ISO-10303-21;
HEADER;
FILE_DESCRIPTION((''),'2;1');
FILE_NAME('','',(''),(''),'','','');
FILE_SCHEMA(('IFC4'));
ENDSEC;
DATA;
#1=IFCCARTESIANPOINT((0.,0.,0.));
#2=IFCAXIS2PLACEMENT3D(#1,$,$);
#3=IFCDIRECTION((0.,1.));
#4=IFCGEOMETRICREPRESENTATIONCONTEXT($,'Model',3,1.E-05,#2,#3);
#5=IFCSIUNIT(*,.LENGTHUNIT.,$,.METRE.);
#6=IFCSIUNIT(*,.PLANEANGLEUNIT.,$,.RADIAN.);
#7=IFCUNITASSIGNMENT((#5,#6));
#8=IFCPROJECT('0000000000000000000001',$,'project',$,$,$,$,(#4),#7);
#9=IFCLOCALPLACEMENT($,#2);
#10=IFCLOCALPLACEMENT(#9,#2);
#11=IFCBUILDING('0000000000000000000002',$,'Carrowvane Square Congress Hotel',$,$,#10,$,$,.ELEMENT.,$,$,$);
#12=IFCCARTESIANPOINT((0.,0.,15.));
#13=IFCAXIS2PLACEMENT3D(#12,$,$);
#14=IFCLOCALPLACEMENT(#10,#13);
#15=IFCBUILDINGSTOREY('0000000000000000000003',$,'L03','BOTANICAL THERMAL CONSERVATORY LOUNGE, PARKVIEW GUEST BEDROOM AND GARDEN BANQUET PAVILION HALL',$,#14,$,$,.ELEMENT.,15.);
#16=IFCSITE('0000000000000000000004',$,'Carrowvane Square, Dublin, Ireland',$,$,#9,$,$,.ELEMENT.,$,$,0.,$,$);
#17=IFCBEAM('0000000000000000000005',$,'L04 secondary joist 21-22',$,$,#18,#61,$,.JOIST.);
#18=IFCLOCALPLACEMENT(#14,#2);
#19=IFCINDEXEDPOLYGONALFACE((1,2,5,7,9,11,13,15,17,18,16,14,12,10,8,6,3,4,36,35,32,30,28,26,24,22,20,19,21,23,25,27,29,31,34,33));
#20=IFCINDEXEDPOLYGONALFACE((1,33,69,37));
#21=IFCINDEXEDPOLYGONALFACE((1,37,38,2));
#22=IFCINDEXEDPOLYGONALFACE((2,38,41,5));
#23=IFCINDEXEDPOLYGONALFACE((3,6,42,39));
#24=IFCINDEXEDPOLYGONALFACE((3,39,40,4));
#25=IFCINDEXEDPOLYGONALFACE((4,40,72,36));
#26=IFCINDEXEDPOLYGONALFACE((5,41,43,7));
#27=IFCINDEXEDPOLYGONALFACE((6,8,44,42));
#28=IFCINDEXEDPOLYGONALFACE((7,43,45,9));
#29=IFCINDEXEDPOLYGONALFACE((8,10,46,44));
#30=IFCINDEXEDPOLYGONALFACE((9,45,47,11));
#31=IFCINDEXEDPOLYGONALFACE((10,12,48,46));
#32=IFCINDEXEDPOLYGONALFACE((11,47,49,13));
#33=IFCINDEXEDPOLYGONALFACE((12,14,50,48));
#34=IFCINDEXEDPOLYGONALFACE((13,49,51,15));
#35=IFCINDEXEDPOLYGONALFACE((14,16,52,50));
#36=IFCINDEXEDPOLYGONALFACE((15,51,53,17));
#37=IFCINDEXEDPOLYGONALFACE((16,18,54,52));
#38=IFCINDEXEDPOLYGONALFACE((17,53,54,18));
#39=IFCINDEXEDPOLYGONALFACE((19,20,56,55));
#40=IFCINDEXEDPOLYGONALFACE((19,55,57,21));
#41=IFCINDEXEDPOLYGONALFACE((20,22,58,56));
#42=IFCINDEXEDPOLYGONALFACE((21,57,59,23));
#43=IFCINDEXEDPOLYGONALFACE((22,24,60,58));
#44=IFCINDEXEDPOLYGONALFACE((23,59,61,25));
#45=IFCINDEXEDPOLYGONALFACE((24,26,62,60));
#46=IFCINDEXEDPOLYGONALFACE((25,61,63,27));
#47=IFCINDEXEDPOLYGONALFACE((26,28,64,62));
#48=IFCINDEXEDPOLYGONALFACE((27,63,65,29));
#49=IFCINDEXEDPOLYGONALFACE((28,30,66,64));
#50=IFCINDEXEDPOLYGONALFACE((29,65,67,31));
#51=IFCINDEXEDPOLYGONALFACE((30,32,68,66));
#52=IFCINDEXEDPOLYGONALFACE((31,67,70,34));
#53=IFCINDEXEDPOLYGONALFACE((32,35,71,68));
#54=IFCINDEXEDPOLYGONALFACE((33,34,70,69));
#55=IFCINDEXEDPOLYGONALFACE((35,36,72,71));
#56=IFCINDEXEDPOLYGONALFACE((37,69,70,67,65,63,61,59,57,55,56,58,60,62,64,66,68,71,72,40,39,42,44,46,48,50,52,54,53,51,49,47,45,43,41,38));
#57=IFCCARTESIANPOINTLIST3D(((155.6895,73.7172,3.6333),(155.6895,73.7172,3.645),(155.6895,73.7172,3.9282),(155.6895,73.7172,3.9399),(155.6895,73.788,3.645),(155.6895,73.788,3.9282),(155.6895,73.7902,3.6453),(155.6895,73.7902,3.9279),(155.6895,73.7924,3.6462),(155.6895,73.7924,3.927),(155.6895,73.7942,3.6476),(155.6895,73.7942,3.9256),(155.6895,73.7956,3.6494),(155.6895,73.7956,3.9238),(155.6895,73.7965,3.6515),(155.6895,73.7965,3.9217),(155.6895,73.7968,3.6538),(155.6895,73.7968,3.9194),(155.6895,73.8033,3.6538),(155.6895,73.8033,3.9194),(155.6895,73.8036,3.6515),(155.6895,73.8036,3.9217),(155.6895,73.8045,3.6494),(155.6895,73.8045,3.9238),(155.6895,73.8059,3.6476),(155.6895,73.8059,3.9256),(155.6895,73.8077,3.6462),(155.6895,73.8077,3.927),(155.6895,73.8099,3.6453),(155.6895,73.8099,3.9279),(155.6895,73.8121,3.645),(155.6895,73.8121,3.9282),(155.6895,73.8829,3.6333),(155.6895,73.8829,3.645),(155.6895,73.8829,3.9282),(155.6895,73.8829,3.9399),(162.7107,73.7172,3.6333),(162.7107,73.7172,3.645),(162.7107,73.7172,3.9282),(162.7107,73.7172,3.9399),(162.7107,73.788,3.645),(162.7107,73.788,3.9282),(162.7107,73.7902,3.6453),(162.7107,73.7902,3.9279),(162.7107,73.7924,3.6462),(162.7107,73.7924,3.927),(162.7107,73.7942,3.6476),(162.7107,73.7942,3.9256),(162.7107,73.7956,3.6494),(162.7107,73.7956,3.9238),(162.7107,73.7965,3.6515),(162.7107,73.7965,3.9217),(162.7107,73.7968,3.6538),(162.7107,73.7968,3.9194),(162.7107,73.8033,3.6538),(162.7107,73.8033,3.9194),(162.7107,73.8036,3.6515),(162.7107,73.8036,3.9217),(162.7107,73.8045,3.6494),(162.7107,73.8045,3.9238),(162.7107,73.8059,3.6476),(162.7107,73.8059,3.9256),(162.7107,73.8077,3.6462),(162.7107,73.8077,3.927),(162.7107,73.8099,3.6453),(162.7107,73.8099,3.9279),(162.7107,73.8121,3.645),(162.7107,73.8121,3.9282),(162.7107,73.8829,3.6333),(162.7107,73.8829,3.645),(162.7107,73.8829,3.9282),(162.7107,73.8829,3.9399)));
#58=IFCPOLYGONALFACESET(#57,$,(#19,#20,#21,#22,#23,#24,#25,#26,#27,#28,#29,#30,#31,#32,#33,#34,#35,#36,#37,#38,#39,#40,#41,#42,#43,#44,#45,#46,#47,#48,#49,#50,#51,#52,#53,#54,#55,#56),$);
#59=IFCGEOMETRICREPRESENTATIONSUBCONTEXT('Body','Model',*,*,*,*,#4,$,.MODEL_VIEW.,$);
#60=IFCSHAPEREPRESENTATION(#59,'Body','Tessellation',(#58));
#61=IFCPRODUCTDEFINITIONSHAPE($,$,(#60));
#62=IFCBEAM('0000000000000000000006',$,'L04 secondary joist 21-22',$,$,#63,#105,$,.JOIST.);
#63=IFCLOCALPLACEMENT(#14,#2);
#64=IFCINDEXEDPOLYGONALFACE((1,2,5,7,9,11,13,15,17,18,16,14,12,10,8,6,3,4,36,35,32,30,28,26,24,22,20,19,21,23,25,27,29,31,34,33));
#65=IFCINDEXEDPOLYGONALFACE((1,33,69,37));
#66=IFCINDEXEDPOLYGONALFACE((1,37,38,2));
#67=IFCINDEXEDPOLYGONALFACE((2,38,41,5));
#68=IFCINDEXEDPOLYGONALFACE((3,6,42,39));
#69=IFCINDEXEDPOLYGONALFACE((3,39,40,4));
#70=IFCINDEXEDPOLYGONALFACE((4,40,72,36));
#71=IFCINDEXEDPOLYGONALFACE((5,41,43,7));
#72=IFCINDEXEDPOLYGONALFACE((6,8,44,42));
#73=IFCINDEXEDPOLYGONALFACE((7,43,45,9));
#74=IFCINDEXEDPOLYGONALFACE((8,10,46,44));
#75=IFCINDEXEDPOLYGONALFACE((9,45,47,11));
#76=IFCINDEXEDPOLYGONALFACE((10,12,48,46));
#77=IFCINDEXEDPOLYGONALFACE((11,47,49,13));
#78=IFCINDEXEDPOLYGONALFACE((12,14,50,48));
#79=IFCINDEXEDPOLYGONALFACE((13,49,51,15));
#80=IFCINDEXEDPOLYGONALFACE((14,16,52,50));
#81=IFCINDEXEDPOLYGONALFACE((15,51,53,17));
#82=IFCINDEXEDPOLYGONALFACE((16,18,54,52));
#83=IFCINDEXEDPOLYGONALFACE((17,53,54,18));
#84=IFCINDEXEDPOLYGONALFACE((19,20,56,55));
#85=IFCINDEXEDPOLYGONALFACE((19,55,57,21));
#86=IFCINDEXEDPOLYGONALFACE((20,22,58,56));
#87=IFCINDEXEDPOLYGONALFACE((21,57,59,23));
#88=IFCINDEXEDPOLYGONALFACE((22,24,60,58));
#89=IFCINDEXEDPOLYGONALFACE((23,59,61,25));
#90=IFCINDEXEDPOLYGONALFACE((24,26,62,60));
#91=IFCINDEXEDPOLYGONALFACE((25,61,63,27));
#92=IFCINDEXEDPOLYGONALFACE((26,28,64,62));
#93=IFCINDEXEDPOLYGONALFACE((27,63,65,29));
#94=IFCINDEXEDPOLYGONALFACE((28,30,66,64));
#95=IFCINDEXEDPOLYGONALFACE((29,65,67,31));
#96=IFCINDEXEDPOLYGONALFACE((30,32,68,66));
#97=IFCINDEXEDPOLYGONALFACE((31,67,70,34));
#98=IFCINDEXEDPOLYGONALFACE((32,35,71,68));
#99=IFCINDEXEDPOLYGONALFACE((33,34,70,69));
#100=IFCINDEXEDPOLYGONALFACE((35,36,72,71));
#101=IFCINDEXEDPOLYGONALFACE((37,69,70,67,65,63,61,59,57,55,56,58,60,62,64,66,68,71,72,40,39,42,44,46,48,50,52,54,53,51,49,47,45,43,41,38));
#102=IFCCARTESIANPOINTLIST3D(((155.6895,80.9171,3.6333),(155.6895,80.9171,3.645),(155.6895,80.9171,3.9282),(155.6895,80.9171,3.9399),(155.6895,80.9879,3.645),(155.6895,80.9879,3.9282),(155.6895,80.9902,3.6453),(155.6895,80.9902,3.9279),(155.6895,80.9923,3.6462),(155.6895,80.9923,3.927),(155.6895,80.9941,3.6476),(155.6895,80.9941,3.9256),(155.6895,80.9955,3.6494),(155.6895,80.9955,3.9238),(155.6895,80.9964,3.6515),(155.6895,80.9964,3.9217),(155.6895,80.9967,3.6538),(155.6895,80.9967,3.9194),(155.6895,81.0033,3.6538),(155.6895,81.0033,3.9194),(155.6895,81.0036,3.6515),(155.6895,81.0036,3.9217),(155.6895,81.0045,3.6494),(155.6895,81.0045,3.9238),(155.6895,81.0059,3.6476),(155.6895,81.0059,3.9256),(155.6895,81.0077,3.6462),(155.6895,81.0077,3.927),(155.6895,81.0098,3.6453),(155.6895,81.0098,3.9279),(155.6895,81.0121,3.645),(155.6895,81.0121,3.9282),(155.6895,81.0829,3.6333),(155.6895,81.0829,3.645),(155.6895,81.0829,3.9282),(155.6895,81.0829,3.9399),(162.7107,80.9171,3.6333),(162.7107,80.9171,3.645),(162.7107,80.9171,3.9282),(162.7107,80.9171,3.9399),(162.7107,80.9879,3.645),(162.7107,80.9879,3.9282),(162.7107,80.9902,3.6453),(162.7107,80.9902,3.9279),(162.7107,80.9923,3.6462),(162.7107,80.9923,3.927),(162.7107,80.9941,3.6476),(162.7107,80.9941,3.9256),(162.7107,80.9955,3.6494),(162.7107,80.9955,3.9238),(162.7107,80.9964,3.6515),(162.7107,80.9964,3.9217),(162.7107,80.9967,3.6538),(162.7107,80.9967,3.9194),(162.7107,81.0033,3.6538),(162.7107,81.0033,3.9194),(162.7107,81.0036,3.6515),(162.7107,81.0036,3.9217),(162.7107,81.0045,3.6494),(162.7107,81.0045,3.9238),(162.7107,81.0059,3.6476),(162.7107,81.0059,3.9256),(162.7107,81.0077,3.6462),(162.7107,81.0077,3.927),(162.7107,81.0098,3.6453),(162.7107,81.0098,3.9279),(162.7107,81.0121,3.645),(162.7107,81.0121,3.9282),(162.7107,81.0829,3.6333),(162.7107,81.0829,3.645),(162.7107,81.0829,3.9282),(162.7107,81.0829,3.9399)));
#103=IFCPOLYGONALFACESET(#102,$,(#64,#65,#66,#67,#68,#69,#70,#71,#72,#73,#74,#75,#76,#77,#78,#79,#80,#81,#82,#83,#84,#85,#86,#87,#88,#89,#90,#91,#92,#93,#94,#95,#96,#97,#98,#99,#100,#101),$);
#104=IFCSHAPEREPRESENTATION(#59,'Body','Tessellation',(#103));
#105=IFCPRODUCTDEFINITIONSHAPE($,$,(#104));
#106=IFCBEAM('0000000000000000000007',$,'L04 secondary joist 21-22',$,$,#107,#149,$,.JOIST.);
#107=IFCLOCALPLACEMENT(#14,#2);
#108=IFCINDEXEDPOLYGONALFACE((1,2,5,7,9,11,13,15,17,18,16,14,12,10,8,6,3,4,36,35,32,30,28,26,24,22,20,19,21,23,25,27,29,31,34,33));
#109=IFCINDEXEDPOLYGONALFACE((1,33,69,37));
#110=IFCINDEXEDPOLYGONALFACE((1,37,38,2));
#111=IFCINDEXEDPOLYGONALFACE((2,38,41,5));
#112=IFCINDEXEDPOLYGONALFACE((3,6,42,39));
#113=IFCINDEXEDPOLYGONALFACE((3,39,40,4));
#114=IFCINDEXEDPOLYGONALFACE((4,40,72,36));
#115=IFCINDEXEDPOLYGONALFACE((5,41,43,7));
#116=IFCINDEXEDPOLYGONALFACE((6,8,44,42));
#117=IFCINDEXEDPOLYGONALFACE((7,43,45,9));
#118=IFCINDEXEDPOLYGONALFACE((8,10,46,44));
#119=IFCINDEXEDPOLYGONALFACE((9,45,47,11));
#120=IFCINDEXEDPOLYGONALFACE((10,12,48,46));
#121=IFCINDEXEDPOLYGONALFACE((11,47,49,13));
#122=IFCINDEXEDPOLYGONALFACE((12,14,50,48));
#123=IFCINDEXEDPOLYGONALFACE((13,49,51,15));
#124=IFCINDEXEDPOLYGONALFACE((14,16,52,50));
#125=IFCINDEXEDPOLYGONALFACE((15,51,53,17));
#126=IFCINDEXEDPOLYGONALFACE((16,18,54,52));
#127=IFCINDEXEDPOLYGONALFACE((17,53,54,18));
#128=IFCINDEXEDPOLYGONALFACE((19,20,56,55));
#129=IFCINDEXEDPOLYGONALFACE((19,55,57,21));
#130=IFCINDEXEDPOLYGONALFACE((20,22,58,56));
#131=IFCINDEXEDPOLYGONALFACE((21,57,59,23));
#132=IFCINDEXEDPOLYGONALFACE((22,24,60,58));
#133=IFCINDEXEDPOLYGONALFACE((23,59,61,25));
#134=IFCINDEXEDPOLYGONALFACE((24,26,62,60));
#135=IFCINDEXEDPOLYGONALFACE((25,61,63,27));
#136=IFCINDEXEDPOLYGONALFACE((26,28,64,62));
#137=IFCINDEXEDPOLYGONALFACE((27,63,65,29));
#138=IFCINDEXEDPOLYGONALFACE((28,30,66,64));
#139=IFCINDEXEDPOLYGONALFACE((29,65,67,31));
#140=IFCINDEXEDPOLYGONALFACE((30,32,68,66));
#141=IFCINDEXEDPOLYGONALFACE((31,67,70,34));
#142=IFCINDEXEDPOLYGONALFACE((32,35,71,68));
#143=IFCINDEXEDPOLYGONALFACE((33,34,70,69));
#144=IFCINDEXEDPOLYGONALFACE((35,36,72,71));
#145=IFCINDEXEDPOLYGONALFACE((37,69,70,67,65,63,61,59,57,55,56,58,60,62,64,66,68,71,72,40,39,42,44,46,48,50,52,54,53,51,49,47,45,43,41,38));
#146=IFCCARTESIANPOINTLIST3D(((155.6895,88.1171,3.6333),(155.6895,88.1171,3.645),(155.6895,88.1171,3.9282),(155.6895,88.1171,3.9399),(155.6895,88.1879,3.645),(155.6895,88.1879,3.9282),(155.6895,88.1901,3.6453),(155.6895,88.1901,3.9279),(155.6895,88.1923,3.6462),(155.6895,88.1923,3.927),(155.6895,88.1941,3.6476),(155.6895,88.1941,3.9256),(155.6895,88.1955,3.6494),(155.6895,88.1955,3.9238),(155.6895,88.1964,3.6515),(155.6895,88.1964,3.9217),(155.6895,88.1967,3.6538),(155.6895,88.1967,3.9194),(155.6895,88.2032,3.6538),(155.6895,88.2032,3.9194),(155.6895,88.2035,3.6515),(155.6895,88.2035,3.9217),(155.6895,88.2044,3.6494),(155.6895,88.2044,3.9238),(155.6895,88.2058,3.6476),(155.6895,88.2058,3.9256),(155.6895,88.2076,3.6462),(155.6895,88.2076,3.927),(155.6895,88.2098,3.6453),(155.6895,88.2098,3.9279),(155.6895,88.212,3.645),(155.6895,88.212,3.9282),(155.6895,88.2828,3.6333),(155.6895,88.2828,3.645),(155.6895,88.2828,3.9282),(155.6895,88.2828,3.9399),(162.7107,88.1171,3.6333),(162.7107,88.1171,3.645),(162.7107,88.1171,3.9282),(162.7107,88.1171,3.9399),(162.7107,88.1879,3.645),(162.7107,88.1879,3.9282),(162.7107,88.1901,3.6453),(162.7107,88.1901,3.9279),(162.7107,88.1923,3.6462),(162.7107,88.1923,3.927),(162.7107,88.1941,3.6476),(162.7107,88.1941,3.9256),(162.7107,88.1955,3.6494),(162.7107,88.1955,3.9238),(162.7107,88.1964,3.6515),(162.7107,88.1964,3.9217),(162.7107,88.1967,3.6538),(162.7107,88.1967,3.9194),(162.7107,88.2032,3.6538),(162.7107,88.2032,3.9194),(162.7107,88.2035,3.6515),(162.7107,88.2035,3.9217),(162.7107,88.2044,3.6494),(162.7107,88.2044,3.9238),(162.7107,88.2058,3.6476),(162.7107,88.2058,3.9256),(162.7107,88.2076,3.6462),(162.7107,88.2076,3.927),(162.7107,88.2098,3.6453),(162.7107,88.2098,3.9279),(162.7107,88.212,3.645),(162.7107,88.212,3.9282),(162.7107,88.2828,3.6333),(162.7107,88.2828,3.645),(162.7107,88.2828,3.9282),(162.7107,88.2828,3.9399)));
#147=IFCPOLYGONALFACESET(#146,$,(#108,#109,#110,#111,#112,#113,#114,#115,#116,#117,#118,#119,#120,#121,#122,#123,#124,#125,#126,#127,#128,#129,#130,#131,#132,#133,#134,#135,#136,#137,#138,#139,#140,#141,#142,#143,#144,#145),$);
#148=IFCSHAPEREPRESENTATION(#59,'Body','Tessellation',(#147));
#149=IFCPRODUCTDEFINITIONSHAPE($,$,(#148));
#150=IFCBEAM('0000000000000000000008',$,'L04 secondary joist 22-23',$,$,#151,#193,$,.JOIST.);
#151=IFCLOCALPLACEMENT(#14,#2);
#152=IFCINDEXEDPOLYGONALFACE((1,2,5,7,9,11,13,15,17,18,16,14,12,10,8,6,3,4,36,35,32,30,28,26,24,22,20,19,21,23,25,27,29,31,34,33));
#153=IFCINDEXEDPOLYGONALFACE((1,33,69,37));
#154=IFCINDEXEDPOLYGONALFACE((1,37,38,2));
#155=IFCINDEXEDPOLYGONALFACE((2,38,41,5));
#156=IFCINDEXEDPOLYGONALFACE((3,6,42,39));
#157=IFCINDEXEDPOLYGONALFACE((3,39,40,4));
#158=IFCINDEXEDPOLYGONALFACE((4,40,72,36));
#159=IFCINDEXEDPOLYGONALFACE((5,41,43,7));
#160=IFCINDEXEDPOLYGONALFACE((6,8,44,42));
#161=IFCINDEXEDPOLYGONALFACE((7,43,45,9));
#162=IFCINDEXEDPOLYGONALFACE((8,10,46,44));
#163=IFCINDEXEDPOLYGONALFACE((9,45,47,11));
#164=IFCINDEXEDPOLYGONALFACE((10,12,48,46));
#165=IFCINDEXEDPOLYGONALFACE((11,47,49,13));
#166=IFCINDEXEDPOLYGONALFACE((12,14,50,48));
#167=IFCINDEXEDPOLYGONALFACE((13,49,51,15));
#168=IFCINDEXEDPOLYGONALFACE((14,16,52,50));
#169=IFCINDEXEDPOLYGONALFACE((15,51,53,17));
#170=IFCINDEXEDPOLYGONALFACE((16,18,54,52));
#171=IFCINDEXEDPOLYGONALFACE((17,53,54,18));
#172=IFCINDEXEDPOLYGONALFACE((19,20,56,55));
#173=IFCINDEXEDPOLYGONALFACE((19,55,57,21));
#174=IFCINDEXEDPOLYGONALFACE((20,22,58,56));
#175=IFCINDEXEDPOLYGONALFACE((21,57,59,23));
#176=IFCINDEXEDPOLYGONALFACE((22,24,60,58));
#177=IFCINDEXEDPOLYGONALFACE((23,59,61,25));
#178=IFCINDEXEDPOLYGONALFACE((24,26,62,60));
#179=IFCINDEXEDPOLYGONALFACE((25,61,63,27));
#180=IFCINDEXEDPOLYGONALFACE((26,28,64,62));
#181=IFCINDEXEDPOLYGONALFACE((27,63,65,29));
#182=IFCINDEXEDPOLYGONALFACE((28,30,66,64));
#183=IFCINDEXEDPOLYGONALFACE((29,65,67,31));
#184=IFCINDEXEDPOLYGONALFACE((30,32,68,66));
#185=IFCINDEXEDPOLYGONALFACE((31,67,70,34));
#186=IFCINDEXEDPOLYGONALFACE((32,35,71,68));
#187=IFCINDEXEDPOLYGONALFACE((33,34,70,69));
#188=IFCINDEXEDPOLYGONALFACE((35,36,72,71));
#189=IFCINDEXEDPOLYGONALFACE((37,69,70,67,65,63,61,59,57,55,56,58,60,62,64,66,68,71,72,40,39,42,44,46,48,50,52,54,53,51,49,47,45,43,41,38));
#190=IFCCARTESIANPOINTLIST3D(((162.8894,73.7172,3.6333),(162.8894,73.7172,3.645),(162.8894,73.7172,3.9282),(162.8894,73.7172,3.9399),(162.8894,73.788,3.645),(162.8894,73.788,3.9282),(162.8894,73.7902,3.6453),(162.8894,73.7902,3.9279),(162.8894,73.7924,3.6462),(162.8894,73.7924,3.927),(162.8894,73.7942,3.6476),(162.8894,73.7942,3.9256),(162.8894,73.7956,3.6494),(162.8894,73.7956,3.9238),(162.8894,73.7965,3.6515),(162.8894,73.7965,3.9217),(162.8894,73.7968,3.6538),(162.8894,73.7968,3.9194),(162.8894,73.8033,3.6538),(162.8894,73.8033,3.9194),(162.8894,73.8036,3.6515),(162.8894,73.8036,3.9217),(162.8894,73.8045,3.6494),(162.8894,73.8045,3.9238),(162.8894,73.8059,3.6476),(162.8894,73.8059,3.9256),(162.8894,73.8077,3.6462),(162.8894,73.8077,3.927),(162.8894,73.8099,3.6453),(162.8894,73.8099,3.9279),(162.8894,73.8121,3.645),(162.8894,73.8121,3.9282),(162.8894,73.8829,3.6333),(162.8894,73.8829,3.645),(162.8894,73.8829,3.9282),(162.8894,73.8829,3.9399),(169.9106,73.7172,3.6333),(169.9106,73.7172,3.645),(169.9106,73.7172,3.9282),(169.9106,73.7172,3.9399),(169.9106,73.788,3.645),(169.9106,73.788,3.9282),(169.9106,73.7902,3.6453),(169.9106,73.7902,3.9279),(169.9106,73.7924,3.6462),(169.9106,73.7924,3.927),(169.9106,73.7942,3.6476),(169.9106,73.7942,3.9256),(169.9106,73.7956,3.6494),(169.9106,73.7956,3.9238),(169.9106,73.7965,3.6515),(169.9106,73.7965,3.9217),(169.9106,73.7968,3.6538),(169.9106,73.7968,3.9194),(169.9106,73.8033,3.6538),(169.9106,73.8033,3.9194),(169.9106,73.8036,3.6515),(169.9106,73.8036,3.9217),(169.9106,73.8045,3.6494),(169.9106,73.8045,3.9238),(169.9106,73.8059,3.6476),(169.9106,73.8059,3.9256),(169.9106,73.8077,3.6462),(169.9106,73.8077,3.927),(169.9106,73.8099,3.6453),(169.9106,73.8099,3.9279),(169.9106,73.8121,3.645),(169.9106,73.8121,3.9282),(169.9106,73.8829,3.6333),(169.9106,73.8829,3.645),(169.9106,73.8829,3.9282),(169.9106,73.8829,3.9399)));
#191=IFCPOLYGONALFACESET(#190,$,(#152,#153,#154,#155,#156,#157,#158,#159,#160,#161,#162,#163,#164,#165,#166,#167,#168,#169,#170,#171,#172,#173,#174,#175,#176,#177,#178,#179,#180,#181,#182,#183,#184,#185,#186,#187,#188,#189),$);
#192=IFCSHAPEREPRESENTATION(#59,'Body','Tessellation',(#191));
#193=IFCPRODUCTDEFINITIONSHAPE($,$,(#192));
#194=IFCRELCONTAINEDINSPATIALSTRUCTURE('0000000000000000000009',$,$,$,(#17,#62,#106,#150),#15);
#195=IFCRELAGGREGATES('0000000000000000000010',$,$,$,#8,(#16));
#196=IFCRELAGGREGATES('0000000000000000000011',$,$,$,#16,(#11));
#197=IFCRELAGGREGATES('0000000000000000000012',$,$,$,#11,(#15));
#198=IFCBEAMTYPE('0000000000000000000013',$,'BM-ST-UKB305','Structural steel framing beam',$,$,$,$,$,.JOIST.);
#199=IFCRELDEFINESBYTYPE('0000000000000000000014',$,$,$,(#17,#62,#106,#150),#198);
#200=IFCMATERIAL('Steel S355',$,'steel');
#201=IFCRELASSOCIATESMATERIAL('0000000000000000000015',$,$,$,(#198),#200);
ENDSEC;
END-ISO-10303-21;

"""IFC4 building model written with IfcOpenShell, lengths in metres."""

from ifc_helpers import new_model, si_unit, direction, frame, origin, origin_2d, place, context, subcontext, project, spatial, i_section, extrude, material, material_profile, profile_set, type_object, element, save


model = new_model("IFC4")

# Units and contexts
model_context = context("Model", 3, precision=1e-05, world=origin(), true_north=direction((0.0, 1.0)))
body_context = subcontext(model_context, "Body", "Model", "MODEL_VIEW")
ifc_project = project(units=[si_unit("LENGTHUNIT", "METRE"), si_unit("PLANEANGLEUNIT", "RADIAN")], contexts=[model_context])

# Site, building, storey
site_placement = place(None, origin())
site = spatial("IfcSite", under=ifc_project, at=site_placement, Name="Carrowvane Square, Dublin, Ireland", CompositionType="ELEMENT", RefElevation=0.0)
building_placement = place(site_placement, origin())
building = spatial("IfcBuilding", under=site, at=building_placement, Name="Carrowvane Square Congress Hotel", CompositionType="ELEMENT")
storey_placement = place(building_placement, frame((0.0, 0.0, 15.0)))
storey = spatial("IfcBuildingStorey", under=building, at=storey_placement, Name="L03", Description="BOTANICAL THERMAL CONSERVATORY LOUNGE, PARKVIEW GUEST BEDROOM AND GARDEN BANQUET PAVILION HALL", CompositionType="ELEMENT", Elevation=15.0)

# Beams
ifc_material_1 = material(Name="Steel S355", Category="steel")
ifc_material_profile_1 = material_profile(ifc_material_1, i_section(OverallWidth=0.1658, OverallDepth=0.3066, WebThickness=0.0066, FlangeThickness=0.0117, FilletRadius=0.0088, at=origin_2d()), Name="UKB 305x165x46")
ifc_profile_set_1 = profile_set([ifc_material_profile_1], Name="Steel S355")
beam_type_1 = type_object("IfcBeamType", Name="BM-ST-UKB305", Description="Structural steel framing beam", PredefinedType="JOIST", material=ifc_profile_set_1)
for number, where, z_axis, x_axis, name in (
    (1, (155.6895, 73.8, 3.7866), (1.0, 0.0, 0.0), (0.0, 1.0, 0.0), "L04 secondary joist 21-22"),
    (2, (155.6895, 81.0, 3.7866), (1.0, 0.0, 0.0), (0.0, 1.0, 0.0), "L04 secondary joist 21-22"),
    (3, (155.6895, 88.2, 3.7866), (1.0, 0.0, 0.0), (0.0, 1.0, 0.0), "L04 secondary joist 21-22"),
    (4, (162.8894, 73.8, 3.7866), (1.0, 0.0, 0.0), (0.0, 1.0, 0.0), "L04 secondary joist 22-23"),
):
    element("IfcBeam", number, at=place(storey_placement, frame(where, z_axis=z_axis, x_axis=x_axis)), inside=storey, type_object=beam_type_1, Name=name, PredefinedType="JOIST", context=body_context, shape_type="SweptSolid", body=[
        extrude(i_section(OverallWidth=0.1658, OverallDepth=0.3066, WebThickness=0.0066, FlangeThickness=0.0117, FilletRadius=0.0088, at=origin_2d()), origin(), (0.0, 0.0, 1.0), 7.0212),
    ])

save(model, "model.ifc")
